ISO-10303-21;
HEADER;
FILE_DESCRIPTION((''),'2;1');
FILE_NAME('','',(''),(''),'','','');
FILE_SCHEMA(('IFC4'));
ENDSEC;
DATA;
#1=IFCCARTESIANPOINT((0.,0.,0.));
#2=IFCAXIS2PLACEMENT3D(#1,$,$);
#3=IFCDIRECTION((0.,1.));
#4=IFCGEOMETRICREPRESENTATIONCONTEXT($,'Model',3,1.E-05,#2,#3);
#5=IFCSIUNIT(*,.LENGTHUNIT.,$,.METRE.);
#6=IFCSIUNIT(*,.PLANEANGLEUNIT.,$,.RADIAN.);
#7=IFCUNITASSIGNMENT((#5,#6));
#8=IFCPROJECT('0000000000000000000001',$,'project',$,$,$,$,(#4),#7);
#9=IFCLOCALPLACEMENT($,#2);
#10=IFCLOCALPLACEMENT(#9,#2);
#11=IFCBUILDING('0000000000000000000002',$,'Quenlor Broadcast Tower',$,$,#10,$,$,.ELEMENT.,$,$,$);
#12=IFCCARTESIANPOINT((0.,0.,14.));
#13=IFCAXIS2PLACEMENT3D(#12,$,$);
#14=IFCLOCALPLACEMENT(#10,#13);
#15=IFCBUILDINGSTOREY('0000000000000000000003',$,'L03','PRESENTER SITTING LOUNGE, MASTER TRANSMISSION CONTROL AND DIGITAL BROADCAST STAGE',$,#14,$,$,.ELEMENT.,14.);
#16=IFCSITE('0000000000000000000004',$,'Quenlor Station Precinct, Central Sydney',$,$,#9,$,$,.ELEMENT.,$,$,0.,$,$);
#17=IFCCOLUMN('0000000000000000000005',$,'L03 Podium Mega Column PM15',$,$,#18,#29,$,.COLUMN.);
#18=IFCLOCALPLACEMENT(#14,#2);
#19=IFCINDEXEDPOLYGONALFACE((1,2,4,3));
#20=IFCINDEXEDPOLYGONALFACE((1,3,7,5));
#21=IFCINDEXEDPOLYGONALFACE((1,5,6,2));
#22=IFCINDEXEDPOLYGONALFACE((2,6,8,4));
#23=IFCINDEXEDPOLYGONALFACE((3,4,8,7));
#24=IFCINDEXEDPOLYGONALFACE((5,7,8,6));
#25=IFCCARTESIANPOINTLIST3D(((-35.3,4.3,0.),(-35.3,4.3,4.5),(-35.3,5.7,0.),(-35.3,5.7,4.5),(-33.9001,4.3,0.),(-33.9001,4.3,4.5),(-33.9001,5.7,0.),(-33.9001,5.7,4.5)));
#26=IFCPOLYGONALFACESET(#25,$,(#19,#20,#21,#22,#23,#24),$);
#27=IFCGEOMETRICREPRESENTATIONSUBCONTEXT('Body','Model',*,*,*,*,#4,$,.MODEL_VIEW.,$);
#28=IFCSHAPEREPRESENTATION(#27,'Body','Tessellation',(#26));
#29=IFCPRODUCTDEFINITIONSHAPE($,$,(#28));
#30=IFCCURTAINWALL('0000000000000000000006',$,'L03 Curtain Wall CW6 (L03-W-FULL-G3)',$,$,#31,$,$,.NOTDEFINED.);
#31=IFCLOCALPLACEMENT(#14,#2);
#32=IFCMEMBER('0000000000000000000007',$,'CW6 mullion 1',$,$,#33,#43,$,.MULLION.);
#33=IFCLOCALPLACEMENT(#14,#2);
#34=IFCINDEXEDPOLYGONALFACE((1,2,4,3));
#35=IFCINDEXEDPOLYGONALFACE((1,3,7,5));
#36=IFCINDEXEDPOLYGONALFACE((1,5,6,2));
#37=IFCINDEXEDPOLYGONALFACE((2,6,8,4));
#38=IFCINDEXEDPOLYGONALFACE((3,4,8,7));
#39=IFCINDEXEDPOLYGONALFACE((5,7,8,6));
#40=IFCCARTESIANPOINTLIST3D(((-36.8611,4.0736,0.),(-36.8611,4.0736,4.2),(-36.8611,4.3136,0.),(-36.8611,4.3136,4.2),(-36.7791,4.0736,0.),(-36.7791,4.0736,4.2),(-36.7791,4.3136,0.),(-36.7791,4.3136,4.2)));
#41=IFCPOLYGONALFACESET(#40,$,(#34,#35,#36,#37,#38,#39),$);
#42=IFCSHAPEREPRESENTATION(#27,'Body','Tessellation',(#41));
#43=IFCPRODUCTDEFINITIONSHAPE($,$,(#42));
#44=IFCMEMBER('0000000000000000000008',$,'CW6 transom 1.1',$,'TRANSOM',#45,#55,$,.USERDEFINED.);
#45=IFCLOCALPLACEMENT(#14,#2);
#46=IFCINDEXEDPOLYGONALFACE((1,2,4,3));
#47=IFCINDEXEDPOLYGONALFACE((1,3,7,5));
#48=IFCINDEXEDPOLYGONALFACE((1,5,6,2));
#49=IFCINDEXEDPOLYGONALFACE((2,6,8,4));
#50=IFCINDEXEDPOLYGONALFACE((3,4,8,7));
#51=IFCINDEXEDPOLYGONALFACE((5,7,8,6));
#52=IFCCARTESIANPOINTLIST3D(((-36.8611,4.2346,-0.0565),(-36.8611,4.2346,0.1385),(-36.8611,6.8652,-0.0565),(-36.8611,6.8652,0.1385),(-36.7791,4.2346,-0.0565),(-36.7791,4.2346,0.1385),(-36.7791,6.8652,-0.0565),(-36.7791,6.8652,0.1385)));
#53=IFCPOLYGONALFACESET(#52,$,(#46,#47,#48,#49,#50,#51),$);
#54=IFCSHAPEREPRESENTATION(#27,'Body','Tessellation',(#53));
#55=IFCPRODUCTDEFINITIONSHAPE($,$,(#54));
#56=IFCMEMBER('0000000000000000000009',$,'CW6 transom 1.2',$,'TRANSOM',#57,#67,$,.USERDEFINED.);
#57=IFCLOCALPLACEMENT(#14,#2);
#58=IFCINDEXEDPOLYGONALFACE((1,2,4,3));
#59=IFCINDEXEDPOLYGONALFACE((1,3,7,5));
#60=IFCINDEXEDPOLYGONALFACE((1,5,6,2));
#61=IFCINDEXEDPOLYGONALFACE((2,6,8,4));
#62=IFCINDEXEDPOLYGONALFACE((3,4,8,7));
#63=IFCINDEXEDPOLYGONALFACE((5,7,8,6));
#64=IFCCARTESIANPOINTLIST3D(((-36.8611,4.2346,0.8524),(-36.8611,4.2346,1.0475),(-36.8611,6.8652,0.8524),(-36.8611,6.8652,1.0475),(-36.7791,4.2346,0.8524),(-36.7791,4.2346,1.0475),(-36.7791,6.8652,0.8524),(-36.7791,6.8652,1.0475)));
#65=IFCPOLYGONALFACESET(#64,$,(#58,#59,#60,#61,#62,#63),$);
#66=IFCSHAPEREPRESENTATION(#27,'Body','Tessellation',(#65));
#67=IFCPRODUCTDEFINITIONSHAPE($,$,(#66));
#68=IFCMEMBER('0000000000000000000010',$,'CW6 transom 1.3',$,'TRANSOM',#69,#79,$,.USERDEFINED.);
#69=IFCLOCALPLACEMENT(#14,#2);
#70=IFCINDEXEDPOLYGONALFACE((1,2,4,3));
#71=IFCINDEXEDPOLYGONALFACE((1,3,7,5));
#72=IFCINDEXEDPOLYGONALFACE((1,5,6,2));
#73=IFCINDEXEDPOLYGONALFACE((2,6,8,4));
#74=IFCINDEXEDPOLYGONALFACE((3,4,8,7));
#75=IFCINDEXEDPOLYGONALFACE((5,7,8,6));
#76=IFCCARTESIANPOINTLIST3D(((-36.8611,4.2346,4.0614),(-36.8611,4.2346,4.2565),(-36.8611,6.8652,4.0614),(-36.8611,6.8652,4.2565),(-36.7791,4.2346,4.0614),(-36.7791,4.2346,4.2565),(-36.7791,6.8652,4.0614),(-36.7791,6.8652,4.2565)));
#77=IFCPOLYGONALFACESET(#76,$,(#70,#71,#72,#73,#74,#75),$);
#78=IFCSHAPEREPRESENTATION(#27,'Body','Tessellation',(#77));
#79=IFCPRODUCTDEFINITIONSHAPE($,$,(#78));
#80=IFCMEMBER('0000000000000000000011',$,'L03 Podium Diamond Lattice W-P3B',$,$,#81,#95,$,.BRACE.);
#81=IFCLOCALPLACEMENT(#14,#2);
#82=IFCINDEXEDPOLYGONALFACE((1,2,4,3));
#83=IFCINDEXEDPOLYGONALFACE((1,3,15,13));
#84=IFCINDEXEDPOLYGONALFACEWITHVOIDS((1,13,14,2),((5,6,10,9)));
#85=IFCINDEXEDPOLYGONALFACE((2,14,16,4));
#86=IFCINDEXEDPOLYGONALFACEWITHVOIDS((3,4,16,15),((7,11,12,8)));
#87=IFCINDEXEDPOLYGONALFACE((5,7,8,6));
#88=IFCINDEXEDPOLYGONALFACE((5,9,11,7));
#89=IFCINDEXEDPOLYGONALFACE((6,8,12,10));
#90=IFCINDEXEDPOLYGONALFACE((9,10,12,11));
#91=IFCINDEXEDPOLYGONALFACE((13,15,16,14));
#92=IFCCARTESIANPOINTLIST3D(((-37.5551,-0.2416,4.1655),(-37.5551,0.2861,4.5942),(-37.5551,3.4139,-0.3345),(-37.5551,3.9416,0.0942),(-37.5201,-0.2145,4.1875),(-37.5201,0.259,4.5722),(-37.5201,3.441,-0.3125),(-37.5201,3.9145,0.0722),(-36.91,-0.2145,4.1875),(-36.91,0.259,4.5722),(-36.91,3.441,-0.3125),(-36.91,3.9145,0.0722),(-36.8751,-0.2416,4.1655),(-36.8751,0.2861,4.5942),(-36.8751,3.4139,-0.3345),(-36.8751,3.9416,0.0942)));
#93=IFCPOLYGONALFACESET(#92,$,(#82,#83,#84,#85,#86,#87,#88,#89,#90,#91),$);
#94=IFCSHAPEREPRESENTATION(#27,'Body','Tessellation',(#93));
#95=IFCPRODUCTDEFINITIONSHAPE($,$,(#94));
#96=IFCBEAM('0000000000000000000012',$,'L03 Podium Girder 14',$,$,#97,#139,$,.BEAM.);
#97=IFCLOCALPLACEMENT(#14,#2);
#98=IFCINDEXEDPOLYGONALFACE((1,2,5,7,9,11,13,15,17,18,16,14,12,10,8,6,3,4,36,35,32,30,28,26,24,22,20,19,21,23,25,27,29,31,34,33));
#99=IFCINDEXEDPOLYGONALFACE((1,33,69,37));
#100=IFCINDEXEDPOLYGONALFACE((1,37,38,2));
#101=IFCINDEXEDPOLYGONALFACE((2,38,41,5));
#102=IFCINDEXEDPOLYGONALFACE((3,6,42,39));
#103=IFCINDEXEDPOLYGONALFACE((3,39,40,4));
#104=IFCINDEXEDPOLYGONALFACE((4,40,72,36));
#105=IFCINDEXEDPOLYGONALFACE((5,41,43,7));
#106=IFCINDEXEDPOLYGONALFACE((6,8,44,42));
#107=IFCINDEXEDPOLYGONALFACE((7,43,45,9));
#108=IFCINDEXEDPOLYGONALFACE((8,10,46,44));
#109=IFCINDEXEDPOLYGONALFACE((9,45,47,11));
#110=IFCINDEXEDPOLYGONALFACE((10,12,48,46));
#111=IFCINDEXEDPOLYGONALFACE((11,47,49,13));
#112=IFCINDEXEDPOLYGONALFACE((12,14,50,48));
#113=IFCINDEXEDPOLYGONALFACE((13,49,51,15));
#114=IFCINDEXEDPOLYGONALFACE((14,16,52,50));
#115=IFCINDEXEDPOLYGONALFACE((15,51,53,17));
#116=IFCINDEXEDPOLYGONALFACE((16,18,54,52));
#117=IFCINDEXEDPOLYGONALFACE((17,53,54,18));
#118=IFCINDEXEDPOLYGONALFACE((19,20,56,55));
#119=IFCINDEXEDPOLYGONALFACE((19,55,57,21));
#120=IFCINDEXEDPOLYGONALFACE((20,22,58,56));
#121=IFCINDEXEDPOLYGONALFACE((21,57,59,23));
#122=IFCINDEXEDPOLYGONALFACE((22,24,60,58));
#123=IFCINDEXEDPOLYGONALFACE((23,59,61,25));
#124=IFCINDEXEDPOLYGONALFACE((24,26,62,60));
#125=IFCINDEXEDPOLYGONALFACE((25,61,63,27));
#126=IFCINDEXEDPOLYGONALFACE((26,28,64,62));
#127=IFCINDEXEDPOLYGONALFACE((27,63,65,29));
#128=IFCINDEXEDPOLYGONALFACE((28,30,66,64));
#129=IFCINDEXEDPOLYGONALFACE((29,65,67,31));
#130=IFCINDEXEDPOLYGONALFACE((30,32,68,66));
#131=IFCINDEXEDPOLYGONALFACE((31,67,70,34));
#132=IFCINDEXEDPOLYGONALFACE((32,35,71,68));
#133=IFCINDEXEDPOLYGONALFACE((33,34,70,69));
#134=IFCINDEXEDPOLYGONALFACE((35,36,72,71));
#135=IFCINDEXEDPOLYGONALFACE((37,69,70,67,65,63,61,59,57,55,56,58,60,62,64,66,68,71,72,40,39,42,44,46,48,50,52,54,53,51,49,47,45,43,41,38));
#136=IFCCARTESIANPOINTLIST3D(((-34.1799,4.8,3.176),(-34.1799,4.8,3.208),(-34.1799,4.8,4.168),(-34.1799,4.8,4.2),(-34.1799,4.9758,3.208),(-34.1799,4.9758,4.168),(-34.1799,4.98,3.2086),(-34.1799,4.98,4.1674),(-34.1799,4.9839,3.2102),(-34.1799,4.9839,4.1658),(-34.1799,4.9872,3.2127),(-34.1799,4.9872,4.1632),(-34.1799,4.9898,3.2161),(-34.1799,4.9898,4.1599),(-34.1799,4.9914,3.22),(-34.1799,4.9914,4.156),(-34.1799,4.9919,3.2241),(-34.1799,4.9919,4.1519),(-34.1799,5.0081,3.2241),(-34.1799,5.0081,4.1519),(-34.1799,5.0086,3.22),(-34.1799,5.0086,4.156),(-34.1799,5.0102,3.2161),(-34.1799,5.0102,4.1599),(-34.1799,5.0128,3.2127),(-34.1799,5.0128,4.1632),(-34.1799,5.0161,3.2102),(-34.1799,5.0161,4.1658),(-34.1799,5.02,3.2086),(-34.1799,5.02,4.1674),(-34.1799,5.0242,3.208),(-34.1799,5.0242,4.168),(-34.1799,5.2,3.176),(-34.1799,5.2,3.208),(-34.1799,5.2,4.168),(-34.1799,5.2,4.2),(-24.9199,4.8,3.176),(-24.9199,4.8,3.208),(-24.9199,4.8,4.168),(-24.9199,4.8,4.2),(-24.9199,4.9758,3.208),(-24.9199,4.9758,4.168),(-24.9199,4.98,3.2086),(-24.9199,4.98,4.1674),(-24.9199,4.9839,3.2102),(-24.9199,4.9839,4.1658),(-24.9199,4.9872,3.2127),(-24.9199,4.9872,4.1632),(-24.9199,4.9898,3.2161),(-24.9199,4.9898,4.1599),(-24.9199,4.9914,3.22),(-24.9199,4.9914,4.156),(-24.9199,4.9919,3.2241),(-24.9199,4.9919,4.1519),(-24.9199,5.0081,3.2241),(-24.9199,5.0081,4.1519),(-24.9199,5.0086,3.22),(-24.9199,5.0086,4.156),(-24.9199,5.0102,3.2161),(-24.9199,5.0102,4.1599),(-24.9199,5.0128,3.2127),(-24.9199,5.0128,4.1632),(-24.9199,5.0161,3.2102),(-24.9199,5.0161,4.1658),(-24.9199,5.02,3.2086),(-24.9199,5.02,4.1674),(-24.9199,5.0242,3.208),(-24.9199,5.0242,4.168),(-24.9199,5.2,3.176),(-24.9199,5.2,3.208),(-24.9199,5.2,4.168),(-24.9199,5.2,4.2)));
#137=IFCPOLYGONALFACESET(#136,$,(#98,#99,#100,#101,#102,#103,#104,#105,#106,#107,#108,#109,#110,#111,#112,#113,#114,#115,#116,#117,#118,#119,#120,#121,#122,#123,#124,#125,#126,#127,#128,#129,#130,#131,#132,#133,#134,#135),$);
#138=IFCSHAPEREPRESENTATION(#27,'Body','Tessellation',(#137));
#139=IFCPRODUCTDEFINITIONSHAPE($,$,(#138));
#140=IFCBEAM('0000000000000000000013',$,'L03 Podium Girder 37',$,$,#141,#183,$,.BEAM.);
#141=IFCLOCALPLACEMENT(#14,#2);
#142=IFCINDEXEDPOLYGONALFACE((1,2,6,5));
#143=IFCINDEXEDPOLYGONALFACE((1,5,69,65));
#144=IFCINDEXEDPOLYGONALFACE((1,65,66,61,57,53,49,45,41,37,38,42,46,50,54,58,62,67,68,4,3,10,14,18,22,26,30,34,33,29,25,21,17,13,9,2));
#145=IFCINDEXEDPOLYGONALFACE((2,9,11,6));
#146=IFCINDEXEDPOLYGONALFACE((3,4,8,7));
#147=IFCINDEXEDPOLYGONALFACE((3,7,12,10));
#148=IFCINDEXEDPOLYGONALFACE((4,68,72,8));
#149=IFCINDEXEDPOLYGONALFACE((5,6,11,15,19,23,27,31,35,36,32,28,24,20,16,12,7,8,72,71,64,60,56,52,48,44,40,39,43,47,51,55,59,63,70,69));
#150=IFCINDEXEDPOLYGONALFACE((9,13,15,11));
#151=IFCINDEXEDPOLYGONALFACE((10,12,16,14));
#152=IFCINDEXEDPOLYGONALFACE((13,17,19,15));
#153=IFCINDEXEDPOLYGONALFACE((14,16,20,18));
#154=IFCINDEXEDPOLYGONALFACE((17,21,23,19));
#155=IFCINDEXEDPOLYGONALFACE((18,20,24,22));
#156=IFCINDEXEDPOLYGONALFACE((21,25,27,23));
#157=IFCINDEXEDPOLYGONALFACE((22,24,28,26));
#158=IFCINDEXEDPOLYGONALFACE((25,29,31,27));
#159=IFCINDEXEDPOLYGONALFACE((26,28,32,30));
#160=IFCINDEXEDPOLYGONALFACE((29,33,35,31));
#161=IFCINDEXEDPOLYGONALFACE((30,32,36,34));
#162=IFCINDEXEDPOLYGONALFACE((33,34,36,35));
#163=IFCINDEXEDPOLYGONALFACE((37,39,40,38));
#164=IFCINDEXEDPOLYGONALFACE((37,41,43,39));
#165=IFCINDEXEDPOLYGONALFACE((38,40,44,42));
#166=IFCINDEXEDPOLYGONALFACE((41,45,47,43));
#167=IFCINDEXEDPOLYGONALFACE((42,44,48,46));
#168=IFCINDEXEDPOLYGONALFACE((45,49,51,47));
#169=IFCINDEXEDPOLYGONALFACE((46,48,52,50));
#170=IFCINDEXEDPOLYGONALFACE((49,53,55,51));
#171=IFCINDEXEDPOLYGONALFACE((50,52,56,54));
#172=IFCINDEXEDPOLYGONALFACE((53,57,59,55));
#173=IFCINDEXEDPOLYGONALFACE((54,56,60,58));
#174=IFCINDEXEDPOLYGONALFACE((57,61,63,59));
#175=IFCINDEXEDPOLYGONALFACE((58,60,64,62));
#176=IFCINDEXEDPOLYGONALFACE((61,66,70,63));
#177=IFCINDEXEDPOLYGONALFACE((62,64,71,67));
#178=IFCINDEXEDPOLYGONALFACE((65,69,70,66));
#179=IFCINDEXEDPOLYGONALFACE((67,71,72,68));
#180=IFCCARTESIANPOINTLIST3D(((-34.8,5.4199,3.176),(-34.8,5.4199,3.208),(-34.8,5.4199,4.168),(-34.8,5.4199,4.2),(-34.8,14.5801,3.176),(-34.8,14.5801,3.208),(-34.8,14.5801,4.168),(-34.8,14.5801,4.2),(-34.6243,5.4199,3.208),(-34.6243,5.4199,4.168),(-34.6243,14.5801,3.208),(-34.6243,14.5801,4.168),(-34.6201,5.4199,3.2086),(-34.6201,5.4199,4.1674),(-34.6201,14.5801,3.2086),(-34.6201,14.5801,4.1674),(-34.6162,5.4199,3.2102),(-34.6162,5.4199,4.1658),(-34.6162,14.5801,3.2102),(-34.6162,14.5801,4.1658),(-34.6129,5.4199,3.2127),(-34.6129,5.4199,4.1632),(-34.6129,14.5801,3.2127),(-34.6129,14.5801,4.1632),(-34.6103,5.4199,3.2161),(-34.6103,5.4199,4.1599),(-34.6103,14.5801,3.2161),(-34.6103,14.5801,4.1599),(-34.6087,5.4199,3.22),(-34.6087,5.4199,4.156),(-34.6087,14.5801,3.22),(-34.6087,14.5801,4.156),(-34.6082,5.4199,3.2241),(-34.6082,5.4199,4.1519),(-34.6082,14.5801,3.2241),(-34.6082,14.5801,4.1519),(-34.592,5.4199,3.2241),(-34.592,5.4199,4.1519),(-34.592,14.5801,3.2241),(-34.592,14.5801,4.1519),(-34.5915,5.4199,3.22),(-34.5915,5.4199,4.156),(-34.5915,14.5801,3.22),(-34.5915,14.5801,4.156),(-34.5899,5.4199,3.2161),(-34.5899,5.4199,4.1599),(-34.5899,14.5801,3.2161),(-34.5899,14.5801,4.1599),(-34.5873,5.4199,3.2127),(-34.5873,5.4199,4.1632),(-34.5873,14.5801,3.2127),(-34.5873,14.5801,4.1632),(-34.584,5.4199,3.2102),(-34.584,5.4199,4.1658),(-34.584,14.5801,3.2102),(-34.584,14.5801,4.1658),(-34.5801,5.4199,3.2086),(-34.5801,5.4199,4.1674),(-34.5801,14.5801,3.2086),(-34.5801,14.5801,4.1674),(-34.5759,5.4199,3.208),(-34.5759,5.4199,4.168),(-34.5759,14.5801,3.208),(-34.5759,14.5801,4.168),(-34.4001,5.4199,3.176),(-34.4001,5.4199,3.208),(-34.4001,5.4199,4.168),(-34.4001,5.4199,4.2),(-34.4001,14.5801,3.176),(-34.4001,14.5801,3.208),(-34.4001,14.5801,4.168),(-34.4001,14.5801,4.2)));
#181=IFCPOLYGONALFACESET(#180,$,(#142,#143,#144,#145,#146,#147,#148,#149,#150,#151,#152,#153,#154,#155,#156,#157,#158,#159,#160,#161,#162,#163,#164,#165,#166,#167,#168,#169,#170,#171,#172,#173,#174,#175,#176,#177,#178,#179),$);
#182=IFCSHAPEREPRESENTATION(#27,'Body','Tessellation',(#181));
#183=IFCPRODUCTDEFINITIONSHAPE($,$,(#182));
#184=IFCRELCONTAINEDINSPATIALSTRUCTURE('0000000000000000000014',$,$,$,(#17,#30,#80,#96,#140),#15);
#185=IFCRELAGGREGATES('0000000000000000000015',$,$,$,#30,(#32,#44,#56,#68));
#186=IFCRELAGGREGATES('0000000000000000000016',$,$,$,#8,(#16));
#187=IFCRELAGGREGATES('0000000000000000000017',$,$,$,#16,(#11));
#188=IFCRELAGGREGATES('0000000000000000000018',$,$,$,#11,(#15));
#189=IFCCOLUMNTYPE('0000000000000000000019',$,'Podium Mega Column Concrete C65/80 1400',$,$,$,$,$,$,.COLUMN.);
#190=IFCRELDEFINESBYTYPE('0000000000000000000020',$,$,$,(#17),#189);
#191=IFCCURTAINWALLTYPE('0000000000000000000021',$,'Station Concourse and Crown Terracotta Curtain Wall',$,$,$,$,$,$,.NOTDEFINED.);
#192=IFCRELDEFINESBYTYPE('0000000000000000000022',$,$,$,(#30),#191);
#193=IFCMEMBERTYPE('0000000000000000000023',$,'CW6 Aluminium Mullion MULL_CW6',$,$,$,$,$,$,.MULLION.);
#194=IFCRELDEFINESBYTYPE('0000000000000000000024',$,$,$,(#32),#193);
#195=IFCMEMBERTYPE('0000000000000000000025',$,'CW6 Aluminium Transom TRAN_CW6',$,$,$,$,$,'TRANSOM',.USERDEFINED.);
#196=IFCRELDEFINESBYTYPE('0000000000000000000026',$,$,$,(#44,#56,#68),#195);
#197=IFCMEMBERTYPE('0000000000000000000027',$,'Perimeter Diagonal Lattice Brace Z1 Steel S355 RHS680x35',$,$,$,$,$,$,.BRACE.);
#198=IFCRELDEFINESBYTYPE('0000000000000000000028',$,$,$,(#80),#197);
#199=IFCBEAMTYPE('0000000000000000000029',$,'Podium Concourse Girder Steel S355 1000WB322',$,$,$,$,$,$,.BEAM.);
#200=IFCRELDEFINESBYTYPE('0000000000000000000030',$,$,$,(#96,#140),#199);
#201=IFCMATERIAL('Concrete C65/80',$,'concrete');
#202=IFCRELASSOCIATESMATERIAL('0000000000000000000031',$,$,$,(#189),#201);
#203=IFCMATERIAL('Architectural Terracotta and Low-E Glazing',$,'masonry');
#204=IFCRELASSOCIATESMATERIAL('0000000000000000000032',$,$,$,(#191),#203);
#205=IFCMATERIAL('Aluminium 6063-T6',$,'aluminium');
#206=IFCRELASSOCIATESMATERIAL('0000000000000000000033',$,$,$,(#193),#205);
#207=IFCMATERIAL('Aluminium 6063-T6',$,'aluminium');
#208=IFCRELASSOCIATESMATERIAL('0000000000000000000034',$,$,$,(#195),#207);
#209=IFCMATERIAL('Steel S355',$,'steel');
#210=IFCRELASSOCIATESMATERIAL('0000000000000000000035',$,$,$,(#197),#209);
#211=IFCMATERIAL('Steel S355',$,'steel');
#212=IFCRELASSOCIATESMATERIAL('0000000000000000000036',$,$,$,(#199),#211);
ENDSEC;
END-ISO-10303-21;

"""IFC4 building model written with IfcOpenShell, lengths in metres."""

from ifc_helpers import new_model, si_unit, direction, frame, origin, origin_2d, place, context, subcontext, project, spatial, rectangle, hollow_rectangle, i_section, extrude, material, material_profile, profile_set, type_object, element, aggregate, save


model = new_model("IFC4")

# Units and contexts
model_context = context("Model", 3, precision=1e-05, world=origin(), true_north=direction((0.0, 1.0)))
body_context = subcontext(model_context, "Body", "Model", "MODEL_VIEW")
ifc_project = project(units=[si_unit("LENGTHUNIT", "METRE"), si_unit("PLANEANGLEUNIT", "RADIAN")], contexts=[model_context])

# Site, building, storey
site_placement = place(None, origin())
site = spatial("IfcSite", under=ifc_project, at=site_placement, Name="Quenlor Station Precinct, Central Sydney", CompositionType="ELEMENT", RefElevation=0.0)
building_placement = place(site_placement, origin())
building = spatial("IfcBuilding", under=site, at=building_placement, Name="Quenlor Broadcast Tower", CompositionType="ELEMENT")
storey_placement = place(building_placement, frame((0.0, 0.0, 14.0)))
storey = spatial("IfcBuildingStorey", under=building, at=storey_placement, Name="L03", Description="PRESENTER SITTING LOUNGE, MASTER TRANSMISSION CONTROL AND DIGITAL BROADCAST STAGE", CompositionType="ELEMENT", Elevation=14.0)

# Column
ifc_material_1 = material(Name="Concrete C65/80", Category="concrete")
ifc_material_profile_1 = material_profile(ifc_material_1, rectangle(XDim=1.3999, YDim=1.3999, at=origin_2d()))
ifc_profile_set_1 = profile_set([ifc_material_profile_1], Name="Concrete C65/80 RC1400x1400")
column_type = type_object("IfcColumnType", Name="Podium Mega Column Concrete C65/80 1400", PredefinedType="COLUMN", material=ifc_profile_set_1)
column_placement = place(storey_placement, frame((-34.6001, 5.0, 0.0), z_axis=(0.0, 0.0, 1.0), x_axis=(1.0, 0.0, 0.0)))
element("IfcColumn", 1, at=column_placement, inside=storey, type_object=column_type, Name="L03 Podium Mega Column PM15", PredefinedType="COLUMN", context=body_context, shape_type="SweptSolid", body=[
    extrude(rectangle(XDim=1.3999, YDim=1.3999, at=origin_2d()), origin(), (0.0, 0.0, 1.0), 4.5),
])

# Curtain wall, members
ifc_material_2 = material(Name="Architectural Terracotta and Low-E Glazing", Category="masonry")
curtain_wall_type = type_object("IfcCurtainWallType", Name="Station Concourse and Crown Terracotta Curtain Wall", PredefinedType="NOTDEFINED", material=ifc_material_2)
curtain_wall_placement = place(storey_placement, origin())
curtain_wall = element("IfcCurtainWall", 2, at=curtain_wall_placement, inside=storey, type_object=curtain_wall_type, Name="L03 Curtain Wall CW6 (L03-W-FULL-G3)", PredefinedType="NOTDEFINED")
ifc_material_3 = material(Name="Aluminium 6063-T6", Category="aluminium")
ifc_material_profile_2 = material_profile(ifc_material_3, rectangle(XDim=0.082, YDim=0.24, at=origin_2d()))
ifc_profile_set_2 = profile_set([ifc_material_profile_2], Name="Aluminium 6063-T6 MULL82x240")
member_type_1 = type_object("IfcMemberType", Name="CW6 Aluminium Mullion MULL_CW6", PredefinedType="MULLION", material=ifc_profile_set_2)
member_1_placement = place(storey_placement, frame((-36.8201, 4.1936, 0.0), z_axis=(0.0, 0.0, 1.0), x_axis=(-1.0, 0.0, 0.0)))
member_1 = element("IfcMember", 3, at=member_1_placement, type_object=member_type_1, Name="CW6 mullion 1", PredefinedType="MULLION", context=body_context, shape_type="SweptSolid", body=[
    extrude(rectangle(XDim=0.082, YDim=0.24, at=origin_2d()), origin(), (0.0, 0.0, 1.0), 4.2),
])
ifc_material_4 = material(Name="Aluminium 6063-T6", Category="aluminium")
ifc_material_profile_3 = material_profile(ifc_material_4, rectangle(XDim=0.082, YDim=0.1951, at=origin_2d()))
ifc_profile_set_3 = profile_set([ifc_material_profile_3], Name="Aluminium 6063-T6 TRAN82x195")
member_type_2 = type_object("IfcMemberType", Name="CW6 Aluminium Transom TRAN_CW6", ElementType="TRANSOM", PredefinedType="USERDEFINED", material=ifc_profile_set_3)
member_2_placement = place(storey_placement, frame((-36.8201, 4.2346, 0.041), z_axis=(0.0, 1.0, 0.0), x_axis=(-1.0, 0.0, 0.0)))
member_2 = element("IfcMember", 4, at=member_2_placement, type_object=member_type_2, Name="CW6 transom 1.1", ObjectType="TRANSOM", PredefinedType="USERDEFINED", context=body_context, shape_type="SweptSolid", body=[
    extrude(rectangle(XDim=0.082, YDim=0.1951, at=origin_2d()), origin(), (0.0, 0.0, 1.0), 2.6306),
])
member_3_placement = place(storey_placement, frame((-36.8201, 4.2346, 0.95), z_axis=(0.0, 1.0, 0.0), x_axis=(-1.0, 0.0, 0.0)))
member_3 = element("IfcMember", 5, at=member_3_placement, type_object=member_type_2, Name="CW6 transom 1.2", ObjectType="TRANSOM", PredefinedType="USERDEFINED", context=body_context, shape_type="SweptSolid", body=[
    extrude(rectangle(XDim=0.082, YDim=0.1951, at=origin_2d()), origin(), (0.0, 0.0, 1.0), 2.6306),
])
member_4_placement = place(storey_placement, frame((-36.8201, 4.2346, 4.1589), z_axis=(0.0, 1.0, 0.0), x_axis=(-1.0, 0.0, 0.0)))
member_4 = element("IfcMember", 6, at=member_4_placement, type_object=member_type_2, Name="CW6 transom 1.3", ObjectType="TRANSOM", PredefinedType="USERDEFINED", context=body_context, shape_type="SweptSolid", body=[
    extrude(rectangle(XDim=0.082, YDim=0.1951, at=origin_2d()), origin(), (0.0, 0.0, 1.0), 2.6306),
])

# Member
ifc_material_5 = material(Name="Steel S355", Category="steel")
ifc_material_profile_4 = material_profile(ifc_material_5, hollow_rectangle(XDim=0.6799, YDim=0.6799, WallThickness=0.0349, at=origin_2d()))
ifc_profile_set_4 = profile_set([ifc_material_profile_4], Name="Steel S355 RHS680x680x35")
member_type_3 = type_object("IfcMemberType", Name="Perimeter Diagonal Lattice Brace Z1 Steel S355 RHS680x35", PredefinedType="BRACE", material=ifc_profile_set_4)
member_5_placement = place(storey_placement, frame((-37.2151, 3.6777, -0.1201), z_axis=(0.0, -0.630517, 0.776176), x_axis=(1.0, 0.0, 0.0)))
element("IfcMember", 7, at=member_5_placement, inside=storey, type_object=member_type_3, Name="L03 Podium Diamond Lattice W-P3B", PredefinedType="BRACE", context=body_context, shape_type="SweptSolid", body=[
    extrude(hollow_rectangle(XDim=0.6799, YDim=0.6799, WallThickness=0.0349, at=origin_2d()), origin(), (0.0, 0.0, 1.0), 5.7976),
])

# Beams
ifc_material_6 = material(Name="Steel S355", Category="steel")
ifc_material_profile_5 = material_profile(ifc_material_6, i_section(OverallWidth=0.3999, OverallDepth=1.0239, WebThickness=0.0161, FlangeThickness=0.032, FilletRadius=0.0161, at=origin_2d()))
ifc_profile_set_5 = profile_set([ifc_material_profile_5], Name="Steel S355 1000WB322")
beam_type_1 = type_object("IfcBeamType", Name="Podium Concourse Girder Steel S355 1000WB322", PredefinedType="BEAM", material=ifc_profile_set_5)
beam_1_placement = place(storey_placement, frame((-34.1799, 5.0, 3.688), z_axis=(1.0, 0.0, 0.0), x_axis=(0.0, 1.0, 0.0)))
element("IfcBeam", 8, at=beam_1_placement, inside=storey, type_object=beam_type_1, Name="L03 Podium Girder 14", PredefinedType="BEAM", context=body_context, shape_type="SweptSolid", body=[
    extrude(i_section(OverallWidth=0.3999, OverallDepth=1.0239, WebThickness=0.0161, FlangeThickness=0.032, FilletRadius=0.0161, at=origin_2d()), origin(), (0.0, 0.0, 1.0), 9.26),
])
beam_2_placement = place(storey_placement, frame((-34.6001, 5.4199, 3.688), z_axis=(0.0, 1.0, 0.0), x_axis=(-1.0, 0.0, 0.0)))
element("IfcBeam", 9, at=beam_2_placement, inside=storey, type_object=beam_type_1, Name="L03 Podium Girder 37", PredefinedType="BEAM", context=body_context, shape_type="SweptSolid", body=[
    extrude(i_section(OverallWidth=0.3999, OverallDepth=1.0239, WebThickness=0.0161, FlangeThickness=0.032, FilletRadius=0.0161, at=origin_2d()), origin(), (0.0, 0.0, 1.0), 9.1602),
])

aggregate(curtain_wall, [member_1, member_2, member_3, member_4])

save(model, "model.ifc")
